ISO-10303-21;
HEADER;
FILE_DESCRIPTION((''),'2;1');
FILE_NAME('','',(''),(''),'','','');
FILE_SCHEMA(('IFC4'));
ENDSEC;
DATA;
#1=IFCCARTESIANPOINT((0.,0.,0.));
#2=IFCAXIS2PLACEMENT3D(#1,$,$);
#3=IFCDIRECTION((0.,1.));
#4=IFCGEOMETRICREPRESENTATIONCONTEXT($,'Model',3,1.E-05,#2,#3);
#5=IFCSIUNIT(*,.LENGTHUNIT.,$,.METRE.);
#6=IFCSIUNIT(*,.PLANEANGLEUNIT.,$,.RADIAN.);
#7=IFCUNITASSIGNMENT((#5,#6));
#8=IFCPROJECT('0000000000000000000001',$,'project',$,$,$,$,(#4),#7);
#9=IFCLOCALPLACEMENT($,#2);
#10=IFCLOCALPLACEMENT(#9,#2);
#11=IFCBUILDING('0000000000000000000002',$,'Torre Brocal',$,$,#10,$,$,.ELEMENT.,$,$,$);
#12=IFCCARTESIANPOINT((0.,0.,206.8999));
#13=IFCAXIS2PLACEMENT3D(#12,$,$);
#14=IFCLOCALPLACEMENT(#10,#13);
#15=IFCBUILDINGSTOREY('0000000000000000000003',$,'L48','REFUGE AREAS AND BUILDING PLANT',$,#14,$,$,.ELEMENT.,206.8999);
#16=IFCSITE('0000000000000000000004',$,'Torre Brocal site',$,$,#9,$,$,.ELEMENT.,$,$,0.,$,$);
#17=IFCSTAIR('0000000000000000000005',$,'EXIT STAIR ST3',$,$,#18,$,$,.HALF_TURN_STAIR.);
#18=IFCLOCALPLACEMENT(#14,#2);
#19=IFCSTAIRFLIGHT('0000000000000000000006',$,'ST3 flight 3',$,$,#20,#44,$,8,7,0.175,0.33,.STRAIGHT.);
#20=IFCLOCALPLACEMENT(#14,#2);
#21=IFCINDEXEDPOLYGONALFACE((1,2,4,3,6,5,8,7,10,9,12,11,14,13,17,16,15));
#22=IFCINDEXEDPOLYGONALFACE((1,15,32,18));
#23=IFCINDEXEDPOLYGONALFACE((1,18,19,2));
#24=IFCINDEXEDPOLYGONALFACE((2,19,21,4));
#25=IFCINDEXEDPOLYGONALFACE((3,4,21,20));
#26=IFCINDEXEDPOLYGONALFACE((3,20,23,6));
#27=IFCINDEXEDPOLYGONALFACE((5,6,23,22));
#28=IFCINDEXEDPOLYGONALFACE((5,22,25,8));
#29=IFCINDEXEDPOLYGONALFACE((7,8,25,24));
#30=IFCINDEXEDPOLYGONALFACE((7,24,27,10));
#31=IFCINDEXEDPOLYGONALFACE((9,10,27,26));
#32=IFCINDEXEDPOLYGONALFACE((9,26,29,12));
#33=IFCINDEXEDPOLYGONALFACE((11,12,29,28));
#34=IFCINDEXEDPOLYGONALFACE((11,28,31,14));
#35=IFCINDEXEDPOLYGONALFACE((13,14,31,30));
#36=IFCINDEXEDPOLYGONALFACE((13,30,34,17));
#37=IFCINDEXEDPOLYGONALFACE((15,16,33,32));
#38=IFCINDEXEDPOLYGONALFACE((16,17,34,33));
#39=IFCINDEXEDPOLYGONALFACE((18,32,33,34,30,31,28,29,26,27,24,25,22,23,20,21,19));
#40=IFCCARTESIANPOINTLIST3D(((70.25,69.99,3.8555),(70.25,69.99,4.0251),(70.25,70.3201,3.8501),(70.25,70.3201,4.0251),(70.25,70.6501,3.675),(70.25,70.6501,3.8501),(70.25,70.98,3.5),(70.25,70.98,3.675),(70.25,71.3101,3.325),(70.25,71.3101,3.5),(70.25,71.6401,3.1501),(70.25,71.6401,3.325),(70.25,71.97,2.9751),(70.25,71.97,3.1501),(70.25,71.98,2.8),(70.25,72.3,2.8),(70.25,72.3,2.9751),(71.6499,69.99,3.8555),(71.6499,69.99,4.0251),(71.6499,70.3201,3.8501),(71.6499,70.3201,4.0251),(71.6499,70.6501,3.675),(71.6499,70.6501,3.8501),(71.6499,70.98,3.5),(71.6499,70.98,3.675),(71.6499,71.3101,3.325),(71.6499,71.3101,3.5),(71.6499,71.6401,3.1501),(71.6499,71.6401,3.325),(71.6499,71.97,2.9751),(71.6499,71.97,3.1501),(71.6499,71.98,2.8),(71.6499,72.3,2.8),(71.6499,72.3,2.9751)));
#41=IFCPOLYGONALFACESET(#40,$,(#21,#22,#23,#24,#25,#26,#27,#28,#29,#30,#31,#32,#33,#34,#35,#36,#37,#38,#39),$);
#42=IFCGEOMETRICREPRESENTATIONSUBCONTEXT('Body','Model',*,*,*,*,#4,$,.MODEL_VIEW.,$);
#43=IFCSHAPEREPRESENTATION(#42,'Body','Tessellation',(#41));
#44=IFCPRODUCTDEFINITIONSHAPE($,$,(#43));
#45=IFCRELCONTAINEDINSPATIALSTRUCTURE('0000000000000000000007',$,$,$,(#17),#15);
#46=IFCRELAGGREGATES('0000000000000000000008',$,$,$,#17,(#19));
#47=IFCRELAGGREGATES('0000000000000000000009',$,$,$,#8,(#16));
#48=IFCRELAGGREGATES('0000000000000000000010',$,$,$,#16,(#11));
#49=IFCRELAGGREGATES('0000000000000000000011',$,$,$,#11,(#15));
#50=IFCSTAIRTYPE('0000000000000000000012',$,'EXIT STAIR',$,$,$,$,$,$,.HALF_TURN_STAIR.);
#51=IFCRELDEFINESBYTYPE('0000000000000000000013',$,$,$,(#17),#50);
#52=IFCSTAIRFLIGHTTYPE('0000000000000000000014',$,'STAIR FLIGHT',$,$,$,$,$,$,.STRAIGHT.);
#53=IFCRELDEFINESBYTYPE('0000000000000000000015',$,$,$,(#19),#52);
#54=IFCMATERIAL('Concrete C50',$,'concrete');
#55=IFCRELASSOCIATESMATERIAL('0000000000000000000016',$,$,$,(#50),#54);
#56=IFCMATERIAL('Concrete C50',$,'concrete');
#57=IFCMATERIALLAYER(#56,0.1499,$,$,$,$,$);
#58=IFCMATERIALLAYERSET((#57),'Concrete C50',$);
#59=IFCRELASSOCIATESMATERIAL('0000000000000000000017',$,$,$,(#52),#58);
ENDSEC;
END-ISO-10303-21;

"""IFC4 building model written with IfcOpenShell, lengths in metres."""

from ifc_helpers import new_model, si_unit, direction, frame, origin, place, context, subcontext, project, spatial, polyline, outline, extrude, material, layer, layer_set, type_object, element, aggregate, save


model = new_model("IFC4")

# Units and contexts
model_context = context("Model", 3, precision=1e-05, world=origin(), true_north=direction((0.0, 1.0)))
body_context = subcontext(model_context, "Body", "Model", "MODEL_VIEW")
ifc_project = project(units=[si_unit("LENGTHUNIT", "METRE"), si_unit("PLANEANGLEUNIT", "RADIAN")], contexts=[model_context])

# Site, building, storey
site_placement = place(None, origin())
site = spatial("IfcSite", under=ifc_project, at=site_placement, Name="Torre Brocal site", CompositionType="ELEMENT", RefElevation=0.0)
building_placement = place(site_placement, origin())
building = spatial("IfcBuilding", under=site, at=building_placement, Name="Torre Brocal", CompositionType="ELEMENT")
storey_placement = place(building_placement, frame((0.0, 0.0, 206.8999)))
storey = spatial("IfcBuildingStorey", under=building, at=storey_placement, Name="L48", Description="REFUGE AREAS AND BUILDING PLANT", CompositionType="ELEMENT", Elevation=206.8999)

# Stair, stair flight
ifc_material_1 = material(Name="Concrete C50", Category="concrete")
stair_type = type_object("IfcStairType", Name="EXIT STAIR", PredefinedType="HALF_TURN_STAIR", material=ifc_material_1)
stair_placement = place(storey_placement, origin())
stair = element("IfcStair", 1, at=stair_placement, inside=storey, type_object=stair_type, Name="EXIT STAIR ST3", PredefinedType="HALF_TURN_STAIR")
ifc_material_2 = material(Name="Concrete C50", Category="concrete")
ifc_layer_1 = layer(ifc_material_2, 0.1499)
ifc_layer_set_1 = layer_set([ifc_layer_1], Name="Concrete C50")
stair_flight_type = type_object("IfcStairFlightType", Name="STAIR FLIGHT", PredefinedType="STRAIGHT", material=ifc_layer_set_1)
stair_flight_placement = place(storey_placement, frame((70.95, 72.3, 2.8), z_axis=(0.0, 0.0, 1.0), x_axis=(0.0, -1.0, 0.0)))
stair_flight = element("IfcStairFlight", 2, at=stair_flight_placement, type_object=stair_flight_type, Name="ST3 flight 3", NumberOfRisers=8, NumberOfTreads=7, PredefinedType="STRAIGHT", RiserHeight=0.175, TreadLength=0.33, context=body_context, shape_type="SweptSolid", body=[
    extrude(outline(polyline([(0.0, 0.0), (0.0, 0.175), (0.3301, 0.175), (0.3301, 0.3501), (0.6599, 0.3501), (0.6599, 0.5249), (0.99, 0.5249), (0.99, 0.7), (1.3201, 0.7), (1.3201, 0.875), (1.6499, 0.875), (1.6499, 1.05), (1.98, 1.05), (1.98, 1.2251), (2.3101, 1.2251), (2.3101, 1.3999), (2.3101, 1.0554), (0.3201, 0.0), (0.0, 0.0)])), frame((0.0, 0.7, 0.0), z_axis=(0.0, -1.0, 0.0), x_axis=(1.0, 0.0, 0.0)), (0.0, 0.0, 1.0), 1.3999),
])
aggregate(stair, [stair_flight])

save(model, "model.ifc")
